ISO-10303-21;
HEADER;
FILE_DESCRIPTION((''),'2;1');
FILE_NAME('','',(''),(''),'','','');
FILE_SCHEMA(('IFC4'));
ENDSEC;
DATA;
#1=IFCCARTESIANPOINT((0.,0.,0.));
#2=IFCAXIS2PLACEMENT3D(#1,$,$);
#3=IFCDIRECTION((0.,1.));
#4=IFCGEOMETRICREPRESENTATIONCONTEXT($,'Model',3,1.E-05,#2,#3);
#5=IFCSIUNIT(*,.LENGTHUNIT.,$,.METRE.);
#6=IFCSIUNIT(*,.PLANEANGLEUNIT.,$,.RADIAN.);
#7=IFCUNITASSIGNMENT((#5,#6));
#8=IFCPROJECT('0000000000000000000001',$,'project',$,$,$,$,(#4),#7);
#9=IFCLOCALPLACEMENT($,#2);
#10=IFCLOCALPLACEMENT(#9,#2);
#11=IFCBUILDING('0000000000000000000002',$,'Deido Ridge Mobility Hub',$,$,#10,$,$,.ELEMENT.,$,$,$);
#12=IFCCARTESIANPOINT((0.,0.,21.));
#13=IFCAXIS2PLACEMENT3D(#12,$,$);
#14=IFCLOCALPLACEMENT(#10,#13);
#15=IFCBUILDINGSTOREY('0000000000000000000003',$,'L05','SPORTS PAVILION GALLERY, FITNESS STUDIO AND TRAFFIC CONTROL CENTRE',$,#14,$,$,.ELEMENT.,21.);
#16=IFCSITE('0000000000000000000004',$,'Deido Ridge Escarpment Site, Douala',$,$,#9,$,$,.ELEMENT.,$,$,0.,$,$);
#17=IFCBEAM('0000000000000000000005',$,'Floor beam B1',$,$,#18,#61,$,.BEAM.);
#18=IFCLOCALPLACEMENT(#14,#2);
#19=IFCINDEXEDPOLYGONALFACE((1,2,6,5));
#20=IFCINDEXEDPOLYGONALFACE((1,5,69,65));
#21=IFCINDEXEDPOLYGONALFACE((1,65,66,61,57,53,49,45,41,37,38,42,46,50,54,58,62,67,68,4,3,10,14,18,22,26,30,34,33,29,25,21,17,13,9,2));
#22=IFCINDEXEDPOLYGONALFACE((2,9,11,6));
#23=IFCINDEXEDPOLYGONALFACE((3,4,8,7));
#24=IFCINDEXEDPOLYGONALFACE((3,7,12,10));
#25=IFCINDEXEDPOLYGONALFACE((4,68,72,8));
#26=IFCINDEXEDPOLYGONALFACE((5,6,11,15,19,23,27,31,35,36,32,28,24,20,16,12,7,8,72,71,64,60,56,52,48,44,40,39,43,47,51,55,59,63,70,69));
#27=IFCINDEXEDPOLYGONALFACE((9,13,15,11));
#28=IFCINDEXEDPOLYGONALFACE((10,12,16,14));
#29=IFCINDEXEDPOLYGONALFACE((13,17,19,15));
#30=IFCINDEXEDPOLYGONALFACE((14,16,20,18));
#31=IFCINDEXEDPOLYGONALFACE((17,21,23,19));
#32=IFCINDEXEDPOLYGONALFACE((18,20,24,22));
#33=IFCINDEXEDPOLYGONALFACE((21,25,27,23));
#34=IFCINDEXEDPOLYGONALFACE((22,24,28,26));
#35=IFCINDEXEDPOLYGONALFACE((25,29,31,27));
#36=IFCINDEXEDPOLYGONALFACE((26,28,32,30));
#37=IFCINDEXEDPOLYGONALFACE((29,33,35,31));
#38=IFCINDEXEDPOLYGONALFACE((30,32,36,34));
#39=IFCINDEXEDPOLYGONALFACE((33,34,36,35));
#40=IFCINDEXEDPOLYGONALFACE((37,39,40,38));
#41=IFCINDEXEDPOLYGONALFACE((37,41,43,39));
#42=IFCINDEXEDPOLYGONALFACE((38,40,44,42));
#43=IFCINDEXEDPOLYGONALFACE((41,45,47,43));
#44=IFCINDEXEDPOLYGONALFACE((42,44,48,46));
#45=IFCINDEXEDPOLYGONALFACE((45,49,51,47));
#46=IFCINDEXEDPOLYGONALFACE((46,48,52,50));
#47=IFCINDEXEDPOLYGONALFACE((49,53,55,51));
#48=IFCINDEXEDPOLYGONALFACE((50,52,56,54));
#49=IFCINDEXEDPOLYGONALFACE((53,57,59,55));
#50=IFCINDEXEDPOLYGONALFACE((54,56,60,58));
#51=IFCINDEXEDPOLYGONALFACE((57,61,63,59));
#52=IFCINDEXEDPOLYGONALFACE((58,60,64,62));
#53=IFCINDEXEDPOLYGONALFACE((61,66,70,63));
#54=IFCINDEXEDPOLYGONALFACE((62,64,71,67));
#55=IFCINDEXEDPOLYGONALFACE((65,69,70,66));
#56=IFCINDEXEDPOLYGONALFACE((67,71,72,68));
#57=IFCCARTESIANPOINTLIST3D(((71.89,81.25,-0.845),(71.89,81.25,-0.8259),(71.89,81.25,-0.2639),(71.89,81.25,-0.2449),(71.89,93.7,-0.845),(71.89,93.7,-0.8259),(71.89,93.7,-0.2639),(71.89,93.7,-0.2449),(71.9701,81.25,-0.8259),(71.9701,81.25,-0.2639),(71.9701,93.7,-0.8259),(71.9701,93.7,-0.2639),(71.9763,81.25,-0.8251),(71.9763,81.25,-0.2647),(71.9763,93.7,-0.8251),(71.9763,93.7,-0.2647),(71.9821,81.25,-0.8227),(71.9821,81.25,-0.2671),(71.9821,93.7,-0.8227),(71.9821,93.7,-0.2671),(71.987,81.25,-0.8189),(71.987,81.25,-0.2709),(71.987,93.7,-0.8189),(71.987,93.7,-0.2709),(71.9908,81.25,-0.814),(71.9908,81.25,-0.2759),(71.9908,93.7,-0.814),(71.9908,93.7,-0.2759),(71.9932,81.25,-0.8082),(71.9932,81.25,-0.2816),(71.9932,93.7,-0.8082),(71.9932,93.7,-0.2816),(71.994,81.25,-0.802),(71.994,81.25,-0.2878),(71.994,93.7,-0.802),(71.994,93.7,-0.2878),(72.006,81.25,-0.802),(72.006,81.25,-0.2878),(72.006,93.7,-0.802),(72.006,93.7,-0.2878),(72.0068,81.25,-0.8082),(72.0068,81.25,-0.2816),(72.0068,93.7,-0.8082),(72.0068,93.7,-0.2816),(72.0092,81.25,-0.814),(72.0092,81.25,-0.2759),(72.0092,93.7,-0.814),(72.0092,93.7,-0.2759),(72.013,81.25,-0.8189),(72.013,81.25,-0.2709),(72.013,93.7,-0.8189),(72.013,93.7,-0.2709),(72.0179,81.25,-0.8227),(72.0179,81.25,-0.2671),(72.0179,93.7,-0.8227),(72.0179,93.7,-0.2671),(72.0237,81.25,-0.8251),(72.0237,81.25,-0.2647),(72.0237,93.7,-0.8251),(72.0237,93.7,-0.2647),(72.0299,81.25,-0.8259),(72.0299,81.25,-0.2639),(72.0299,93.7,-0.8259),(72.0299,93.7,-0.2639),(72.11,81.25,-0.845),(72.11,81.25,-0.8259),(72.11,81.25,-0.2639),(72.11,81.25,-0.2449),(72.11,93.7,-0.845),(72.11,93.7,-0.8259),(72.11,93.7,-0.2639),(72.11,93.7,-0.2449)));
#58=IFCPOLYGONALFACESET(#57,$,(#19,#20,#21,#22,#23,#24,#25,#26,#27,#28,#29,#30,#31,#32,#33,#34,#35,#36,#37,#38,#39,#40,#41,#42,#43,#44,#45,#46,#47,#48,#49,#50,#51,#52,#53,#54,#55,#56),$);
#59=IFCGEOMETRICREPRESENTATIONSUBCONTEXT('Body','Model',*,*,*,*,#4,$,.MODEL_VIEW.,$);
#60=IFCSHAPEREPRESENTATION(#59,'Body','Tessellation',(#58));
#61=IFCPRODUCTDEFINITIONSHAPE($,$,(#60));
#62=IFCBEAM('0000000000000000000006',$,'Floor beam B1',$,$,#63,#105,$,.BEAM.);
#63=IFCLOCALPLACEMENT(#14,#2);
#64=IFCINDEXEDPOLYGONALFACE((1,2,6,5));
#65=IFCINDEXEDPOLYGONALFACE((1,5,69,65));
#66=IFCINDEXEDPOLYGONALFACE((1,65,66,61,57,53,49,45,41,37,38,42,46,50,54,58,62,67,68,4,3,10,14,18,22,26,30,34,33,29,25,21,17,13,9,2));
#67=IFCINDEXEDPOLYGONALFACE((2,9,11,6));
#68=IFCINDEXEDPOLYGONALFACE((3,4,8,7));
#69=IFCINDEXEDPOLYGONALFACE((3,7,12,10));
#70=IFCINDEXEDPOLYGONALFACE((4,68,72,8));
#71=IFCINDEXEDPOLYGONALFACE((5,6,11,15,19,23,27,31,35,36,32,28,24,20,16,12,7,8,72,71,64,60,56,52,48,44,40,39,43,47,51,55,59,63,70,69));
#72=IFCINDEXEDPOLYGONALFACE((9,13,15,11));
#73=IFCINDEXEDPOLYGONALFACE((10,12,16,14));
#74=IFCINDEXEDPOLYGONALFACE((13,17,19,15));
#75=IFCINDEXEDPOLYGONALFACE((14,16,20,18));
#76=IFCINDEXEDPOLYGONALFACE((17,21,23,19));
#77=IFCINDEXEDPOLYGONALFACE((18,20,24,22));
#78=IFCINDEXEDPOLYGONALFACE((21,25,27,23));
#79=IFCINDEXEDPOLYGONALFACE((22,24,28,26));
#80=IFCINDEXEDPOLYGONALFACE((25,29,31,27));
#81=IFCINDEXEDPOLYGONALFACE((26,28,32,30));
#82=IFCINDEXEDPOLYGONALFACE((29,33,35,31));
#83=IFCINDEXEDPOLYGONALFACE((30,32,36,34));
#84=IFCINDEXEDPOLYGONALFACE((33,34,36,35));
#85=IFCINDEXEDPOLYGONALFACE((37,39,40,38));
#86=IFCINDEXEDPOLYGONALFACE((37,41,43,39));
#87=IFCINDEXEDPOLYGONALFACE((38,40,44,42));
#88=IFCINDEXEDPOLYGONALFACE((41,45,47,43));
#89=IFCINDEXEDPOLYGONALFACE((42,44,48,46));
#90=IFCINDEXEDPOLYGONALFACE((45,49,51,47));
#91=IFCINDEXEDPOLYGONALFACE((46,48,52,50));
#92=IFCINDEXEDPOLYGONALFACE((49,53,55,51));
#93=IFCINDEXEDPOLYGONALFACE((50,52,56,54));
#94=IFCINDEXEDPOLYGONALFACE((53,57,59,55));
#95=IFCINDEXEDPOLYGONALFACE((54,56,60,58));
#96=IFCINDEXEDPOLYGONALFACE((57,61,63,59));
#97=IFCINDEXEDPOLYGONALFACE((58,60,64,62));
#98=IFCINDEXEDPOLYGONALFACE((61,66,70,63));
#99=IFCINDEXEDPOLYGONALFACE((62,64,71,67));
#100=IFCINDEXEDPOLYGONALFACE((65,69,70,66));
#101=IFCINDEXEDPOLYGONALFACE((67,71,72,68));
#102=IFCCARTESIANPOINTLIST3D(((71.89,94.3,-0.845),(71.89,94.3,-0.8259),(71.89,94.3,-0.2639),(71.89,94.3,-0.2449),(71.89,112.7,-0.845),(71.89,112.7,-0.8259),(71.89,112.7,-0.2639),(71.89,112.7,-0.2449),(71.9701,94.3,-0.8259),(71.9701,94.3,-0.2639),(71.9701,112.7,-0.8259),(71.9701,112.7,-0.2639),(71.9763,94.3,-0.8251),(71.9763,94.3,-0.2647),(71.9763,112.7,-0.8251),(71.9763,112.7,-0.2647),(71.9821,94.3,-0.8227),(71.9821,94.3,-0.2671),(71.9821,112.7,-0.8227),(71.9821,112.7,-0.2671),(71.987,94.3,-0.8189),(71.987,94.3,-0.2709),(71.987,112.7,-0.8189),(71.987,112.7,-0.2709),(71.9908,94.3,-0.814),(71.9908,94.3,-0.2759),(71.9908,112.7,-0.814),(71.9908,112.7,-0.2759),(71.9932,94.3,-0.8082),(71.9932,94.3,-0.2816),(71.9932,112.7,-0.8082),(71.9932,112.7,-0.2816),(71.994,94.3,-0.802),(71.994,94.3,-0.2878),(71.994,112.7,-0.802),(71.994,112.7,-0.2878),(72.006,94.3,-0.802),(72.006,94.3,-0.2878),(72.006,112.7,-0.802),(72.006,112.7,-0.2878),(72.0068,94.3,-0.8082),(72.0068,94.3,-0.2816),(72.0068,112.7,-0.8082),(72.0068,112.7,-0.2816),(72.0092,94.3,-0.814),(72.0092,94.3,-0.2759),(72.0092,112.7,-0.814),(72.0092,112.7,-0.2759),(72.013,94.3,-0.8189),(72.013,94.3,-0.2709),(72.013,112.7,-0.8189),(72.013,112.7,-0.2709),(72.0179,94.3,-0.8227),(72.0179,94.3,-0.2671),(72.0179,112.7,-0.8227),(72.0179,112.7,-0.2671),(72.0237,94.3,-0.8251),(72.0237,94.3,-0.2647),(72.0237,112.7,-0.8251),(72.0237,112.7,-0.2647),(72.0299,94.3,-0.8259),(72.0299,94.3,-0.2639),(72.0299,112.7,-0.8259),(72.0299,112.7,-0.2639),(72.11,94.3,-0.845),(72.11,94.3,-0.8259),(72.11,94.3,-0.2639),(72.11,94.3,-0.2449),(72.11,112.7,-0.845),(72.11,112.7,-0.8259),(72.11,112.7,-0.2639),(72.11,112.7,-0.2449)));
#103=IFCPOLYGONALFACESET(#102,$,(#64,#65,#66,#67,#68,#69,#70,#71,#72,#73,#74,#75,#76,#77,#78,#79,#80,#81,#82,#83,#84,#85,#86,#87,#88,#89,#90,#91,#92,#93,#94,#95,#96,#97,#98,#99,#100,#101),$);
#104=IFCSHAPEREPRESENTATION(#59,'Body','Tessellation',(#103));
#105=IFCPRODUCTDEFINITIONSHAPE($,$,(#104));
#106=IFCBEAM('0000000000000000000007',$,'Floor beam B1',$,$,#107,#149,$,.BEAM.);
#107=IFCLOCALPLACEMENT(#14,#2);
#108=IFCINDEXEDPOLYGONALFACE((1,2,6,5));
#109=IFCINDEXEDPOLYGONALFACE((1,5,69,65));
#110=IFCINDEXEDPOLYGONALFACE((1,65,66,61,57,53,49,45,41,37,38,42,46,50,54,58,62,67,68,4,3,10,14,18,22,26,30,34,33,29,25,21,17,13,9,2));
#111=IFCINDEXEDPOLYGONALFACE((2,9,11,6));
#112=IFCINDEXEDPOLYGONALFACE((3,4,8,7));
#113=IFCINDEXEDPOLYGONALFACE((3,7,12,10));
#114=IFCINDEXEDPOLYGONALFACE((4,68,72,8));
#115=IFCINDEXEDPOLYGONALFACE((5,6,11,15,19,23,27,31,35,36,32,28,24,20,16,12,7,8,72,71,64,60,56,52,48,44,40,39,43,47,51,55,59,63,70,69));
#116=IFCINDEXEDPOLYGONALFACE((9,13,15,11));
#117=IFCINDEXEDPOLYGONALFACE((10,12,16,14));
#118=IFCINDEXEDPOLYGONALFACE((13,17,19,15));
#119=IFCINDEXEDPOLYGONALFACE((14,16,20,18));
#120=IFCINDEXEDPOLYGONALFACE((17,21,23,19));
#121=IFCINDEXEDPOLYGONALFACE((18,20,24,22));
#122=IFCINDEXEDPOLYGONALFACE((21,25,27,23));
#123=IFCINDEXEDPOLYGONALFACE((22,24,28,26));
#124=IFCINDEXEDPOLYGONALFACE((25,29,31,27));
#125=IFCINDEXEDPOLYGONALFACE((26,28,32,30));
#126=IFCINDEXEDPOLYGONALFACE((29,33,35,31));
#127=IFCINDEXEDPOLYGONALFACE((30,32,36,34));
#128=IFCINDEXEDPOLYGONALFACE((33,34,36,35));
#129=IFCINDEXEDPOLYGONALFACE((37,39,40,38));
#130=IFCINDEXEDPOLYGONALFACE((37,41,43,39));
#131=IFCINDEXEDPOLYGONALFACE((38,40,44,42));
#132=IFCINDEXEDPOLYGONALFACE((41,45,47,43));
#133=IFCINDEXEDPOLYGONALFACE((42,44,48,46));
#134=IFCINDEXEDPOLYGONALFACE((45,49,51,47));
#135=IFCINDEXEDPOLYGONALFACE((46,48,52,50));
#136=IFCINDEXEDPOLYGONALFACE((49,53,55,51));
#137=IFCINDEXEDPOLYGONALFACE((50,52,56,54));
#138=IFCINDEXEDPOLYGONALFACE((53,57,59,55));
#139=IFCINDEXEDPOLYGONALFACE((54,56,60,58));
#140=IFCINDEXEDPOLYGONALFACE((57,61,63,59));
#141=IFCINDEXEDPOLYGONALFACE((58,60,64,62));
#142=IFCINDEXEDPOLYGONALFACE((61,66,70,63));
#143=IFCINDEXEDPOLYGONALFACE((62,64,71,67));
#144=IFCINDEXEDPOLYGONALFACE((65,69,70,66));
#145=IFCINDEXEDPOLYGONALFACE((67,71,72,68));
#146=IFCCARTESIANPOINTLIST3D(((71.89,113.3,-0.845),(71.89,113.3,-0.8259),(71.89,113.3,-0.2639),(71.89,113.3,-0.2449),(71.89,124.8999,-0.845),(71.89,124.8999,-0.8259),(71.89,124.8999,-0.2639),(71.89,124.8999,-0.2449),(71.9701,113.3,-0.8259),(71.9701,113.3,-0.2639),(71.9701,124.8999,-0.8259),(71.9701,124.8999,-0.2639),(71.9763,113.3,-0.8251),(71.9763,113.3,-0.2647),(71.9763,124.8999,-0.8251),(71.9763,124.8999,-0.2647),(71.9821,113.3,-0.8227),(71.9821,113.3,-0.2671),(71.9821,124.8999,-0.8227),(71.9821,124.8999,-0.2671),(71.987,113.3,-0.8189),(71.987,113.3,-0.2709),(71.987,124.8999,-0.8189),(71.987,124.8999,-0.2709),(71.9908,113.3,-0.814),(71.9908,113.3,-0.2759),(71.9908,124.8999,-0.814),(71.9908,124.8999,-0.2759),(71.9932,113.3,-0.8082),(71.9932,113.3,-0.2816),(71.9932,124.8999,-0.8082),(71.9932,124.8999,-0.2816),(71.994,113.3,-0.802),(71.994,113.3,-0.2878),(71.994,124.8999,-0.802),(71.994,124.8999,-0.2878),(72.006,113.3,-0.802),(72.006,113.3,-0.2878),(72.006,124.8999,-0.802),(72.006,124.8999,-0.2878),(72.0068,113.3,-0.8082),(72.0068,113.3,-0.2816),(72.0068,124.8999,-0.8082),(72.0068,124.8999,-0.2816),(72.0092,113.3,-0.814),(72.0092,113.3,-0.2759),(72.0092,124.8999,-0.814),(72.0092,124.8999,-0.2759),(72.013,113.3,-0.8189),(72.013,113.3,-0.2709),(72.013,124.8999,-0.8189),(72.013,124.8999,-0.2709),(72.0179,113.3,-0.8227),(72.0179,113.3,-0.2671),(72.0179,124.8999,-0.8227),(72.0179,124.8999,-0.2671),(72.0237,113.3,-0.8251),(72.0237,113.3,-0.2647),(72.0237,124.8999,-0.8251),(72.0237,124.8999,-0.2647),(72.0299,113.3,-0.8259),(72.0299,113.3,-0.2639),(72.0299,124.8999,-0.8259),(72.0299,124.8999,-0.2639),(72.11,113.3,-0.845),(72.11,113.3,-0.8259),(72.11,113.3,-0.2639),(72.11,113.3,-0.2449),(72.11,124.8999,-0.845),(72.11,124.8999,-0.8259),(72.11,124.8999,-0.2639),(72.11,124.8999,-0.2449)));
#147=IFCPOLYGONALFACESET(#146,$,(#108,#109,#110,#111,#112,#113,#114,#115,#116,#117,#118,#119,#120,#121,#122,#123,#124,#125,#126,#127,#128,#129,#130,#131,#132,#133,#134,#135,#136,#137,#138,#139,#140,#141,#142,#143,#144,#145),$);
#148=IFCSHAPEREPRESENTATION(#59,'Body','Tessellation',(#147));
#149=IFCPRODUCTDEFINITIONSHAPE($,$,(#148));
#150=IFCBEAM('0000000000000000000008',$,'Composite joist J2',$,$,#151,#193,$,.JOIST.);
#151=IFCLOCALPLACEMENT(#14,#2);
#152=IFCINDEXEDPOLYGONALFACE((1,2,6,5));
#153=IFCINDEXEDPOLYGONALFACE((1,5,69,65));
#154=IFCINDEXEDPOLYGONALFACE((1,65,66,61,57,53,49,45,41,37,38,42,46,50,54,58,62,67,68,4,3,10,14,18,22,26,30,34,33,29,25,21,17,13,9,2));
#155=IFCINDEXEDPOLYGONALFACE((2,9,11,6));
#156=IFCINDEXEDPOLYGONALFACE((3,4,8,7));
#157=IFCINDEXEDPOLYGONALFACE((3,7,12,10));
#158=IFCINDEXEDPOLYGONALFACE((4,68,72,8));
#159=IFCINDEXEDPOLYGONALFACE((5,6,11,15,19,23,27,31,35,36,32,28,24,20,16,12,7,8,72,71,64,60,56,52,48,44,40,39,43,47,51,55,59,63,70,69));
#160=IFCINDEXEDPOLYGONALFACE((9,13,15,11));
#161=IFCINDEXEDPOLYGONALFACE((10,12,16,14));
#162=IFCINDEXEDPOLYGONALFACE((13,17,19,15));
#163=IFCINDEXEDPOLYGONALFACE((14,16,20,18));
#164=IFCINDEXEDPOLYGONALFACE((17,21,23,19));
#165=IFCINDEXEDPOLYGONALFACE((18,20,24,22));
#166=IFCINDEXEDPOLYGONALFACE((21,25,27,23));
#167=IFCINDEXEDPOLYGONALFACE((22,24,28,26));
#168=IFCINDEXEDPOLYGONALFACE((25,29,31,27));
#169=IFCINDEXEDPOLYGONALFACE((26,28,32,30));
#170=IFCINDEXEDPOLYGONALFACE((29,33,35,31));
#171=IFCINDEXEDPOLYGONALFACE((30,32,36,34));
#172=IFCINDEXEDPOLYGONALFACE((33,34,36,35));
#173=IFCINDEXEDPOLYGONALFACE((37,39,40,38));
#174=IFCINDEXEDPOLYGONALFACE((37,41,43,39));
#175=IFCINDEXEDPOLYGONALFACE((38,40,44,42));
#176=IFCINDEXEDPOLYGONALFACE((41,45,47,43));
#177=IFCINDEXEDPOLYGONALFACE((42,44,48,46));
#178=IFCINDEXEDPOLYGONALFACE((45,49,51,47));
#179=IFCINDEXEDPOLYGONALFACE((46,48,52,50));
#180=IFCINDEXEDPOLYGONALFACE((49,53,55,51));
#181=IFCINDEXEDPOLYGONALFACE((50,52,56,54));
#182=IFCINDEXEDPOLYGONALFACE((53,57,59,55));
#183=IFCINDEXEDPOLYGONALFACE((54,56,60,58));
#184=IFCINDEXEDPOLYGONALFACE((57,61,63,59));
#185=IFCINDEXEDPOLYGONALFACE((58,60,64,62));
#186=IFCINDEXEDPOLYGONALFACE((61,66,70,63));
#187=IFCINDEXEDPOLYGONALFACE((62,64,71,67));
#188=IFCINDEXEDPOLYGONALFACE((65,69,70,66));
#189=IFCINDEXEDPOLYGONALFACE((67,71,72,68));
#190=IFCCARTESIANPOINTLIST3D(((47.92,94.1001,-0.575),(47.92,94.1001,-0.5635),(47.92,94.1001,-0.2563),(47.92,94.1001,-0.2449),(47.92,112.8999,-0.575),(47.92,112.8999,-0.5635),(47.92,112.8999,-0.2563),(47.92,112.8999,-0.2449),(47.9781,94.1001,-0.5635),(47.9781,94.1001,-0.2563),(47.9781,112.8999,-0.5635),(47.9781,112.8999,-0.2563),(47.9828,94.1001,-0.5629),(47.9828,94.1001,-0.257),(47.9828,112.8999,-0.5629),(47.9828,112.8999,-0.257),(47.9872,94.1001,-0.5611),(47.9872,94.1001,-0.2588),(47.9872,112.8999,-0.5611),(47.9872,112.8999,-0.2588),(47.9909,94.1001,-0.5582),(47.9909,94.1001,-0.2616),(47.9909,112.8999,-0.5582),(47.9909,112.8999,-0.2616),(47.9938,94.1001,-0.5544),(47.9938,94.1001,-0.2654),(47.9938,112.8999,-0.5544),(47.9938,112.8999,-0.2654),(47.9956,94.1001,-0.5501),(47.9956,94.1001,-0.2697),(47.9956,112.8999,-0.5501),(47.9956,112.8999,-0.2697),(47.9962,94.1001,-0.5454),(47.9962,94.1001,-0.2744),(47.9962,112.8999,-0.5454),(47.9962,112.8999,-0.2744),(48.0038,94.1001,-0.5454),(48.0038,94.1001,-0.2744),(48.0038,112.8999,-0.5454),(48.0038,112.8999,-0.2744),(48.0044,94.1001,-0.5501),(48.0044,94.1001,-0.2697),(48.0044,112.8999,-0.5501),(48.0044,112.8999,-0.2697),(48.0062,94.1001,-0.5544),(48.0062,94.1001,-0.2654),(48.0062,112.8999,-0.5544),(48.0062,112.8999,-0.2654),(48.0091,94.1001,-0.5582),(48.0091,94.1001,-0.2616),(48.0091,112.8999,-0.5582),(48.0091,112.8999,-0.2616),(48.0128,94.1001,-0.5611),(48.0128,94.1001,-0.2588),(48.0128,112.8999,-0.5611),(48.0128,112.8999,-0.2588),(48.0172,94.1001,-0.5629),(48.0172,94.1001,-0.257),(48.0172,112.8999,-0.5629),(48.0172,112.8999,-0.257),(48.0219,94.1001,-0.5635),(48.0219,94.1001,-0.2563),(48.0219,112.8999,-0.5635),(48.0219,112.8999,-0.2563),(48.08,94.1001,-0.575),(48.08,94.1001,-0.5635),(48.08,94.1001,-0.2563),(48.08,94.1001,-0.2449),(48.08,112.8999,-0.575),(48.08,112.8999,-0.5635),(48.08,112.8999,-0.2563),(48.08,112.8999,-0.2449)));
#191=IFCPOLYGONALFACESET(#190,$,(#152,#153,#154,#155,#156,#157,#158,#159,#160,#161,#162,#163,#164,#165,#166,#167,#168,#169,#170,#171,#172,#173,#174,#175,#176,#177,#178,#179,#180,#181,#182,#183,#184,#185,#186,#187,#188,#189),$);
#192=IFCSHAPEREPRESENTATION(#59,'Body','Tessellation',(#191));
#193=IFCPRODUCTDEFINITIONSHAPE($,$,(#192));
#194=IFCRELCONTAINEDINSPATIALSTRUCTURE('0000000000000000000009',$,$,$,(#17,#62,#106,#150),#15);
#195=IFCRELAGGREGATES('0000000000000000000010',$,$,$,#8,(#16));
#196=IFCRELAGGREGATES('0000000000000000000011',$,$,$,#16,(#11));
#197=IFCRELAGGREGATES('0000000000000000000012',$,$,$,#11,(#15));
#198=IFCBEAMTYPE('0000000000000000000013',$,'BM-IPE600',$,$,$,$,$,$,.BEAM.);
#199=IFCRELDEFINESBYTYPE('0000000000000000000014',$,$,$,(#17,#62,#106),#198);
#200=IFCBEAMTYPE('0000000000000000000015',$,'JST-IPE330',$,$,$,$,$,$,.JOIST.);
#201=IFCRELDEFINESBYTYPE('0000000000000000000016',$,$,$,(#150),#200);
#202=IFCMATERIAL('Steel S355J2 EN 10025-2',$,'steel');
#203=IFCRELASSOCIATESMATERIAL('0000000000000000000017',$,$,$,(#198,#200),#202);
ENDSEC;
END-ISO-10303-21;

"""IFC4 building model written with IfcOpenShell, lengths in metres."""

from ifc_helpers import new_model, si_unit, direction, frame, origin, origin_2d, place, context, subcontext, project, spatial, i_section, extrude, material, material_profile, profile_set, type_object, element, save


model = new_model("IFC4")

# Units and contexts
model_context = context("Model", 3, precision=1e-05, world=origin(), true_north=direction((0.0, 1.0)))
body_context = subcontext(model_context, "Body", "Model", "MODEL_VIEW")
ifc_project = project(units=[si_unit("LENGTHUNIT", "METRE"), si_unit("PLANEANGLEUNIT", "RADIAN")], contexts=[model_context])

# Site, building, storey
site_placement = place(None, origin())
site = spatial("IfcSite", under=ifc_project, at=site_placement, Name="Deido Ridge Escarpment Site, Douala", CompositionType="ELEMENT", RefElevation=0.0)
building_placement = place(site_placement, origin())
building = spatial("IfcBuilding", under=site, at=building_placement, Name="Deido Ridge Mobility Hub", CompositionType="ELEMENT")
storey_placement = place(building_placement, frame((0.0, 0.0, 21.0)))
storey = spatial("IfcBuildingStorey", under=building, at=storey_placement, Name="L05", Description="SPORTS PAVILION GALLERY, FITNESS STUDIO AND TRAFFIC CONTROL CENTRE", CompositionType="ELEMENT", Elevation=21.0)

# Beams
ifc_material = material(Name="Steel S355J2 EN 10025-2", Category="steel")
ifc_material_profile_1 = material_profile(ifc_material, i_section(OverallWidth=0.22, OverallDepth=0.6001, WebThickness=0.012, FlangeThickness=0.019, FilletRadius=0.0239, at=origin_2d()), Name="IPE 600")
ifc_profile_set_1 = profile_set([ifc_material_profile_1], Name="Steel S355J2 EN 10025-2")
beam_type_1 = type_object("IfcBeamType", Name="BM-IPE600", PredefinedType="BEAM", material=ifc_profile_set_1)
beam_1_placement = place(storey_placement, frame((72.0, 81.25, -0.5449), z_axis=(0.0, 1.0, 0.0), x_axis=(-1.0, 0.0, 0.0)))
element("IfcBeam", 1, at=beam_1_placement, inside=storey, type_object=beam_type_1, Name="Floor beam B1", PredefinedType="BEAM", context=body_context, shape_type="SweptSolid", body=[
    extrude(i_section(OverallWidth=0.22, OverallDepth=0.6001, WebThickness=0.012, FlangeThickness=0.019, FilletRadius=0.0239, at=origin_2d()), origin(), (0.0, 0.0, 1.0), 12.45),
])
beam_2_placement = place(storey_placement, frame((72.0, 94.3, -0.5449), z_axis=(0.0, 1.0, 0.0), x_axis=(-1.0, 0.0, 0.0)))
element("IfcBeam", 2, at=beam_2_placement, inside=storey, type_object=beam_type_1, Name="Floor beam B1", PredefinedType="BEAM", context=body_context, shape_type="SweptSolid", body=[
    extrude(i_section(OverallWidth=0.22, OverallDepth=0.6001, WebThickness=0.012, FlangeThickness=0.019, FilletRadius=0.0239, at=origin_2d()), origin(), (0.0, 0.0, 1.0), 18.3999),
])
beam_3_placement = place(storey_placement, frame((72.0, 113.3, -0.5449), z_axis=(0.0, 1.0, 0.0), x_axis=(-1.0, 0.0, 0.0)))
element("IfcBeam", 3, at=beam_3_placement, inside=storey, type_object=beam_type_1, Name="Floor beam B1", PredefinedType="BEAM", context=body_context, shape_type="SweptSolid", body=[
    extrude(i_section(OverallWidth=0.22, OverallDepth=0.6001, WebThickness=0.012, FlangeThickness=0.019, FilletRadius=0.0239, at=origin_2d()), origin(), (0.0, 0.0, 1.0), 11.5999),
])
ifc_material_profile_2 = material_profile(ifc_material, i_section(OverallWidth=0.1599, OverallDepth=0.3301, WebThickness=0.0076, FlangeThickness=0.0115, FilletRadius=0.0181, at=origin_2d()), Name="IPE 330")
ifc_profile_set_2 = profile_set([ifc_material_profile_2], Name="Steel S355J2 EN 10025-2")
beam_type_2 = type_object("IfcBeamType", Name="JST-IPE330", PredefinedType="JOIST", material=ifc_profile_set_2)
for number, where, z_axis, x_axis, name in (
    (4, (48.0, 94.1001, -0.4099), (0.0, 1.0, 0.0), (-1.0, 0.0, 0.0), "Composite joist J2"),
):
    element("IfcBeam", number, at=place(storey_placement, frame(where, z_axis=z_axis, x_axis=x_axis)), inside=storey, type_object=beam_type_2, Name=name, PredefinedType="JOIST", context=body_context, shape_type="SweptSolid", body=[
        extrude(i_section(OverallWidth=0.1599, OverallDepth=0.3301, WebThickness=0.0076, FlangeThickness=0.0115, FilletRadius=0.0181, at=origin_2d()), origin(), (0.0, 0.0, 1.0), 18.7998),
    ])

save(model, "model.ifc")
